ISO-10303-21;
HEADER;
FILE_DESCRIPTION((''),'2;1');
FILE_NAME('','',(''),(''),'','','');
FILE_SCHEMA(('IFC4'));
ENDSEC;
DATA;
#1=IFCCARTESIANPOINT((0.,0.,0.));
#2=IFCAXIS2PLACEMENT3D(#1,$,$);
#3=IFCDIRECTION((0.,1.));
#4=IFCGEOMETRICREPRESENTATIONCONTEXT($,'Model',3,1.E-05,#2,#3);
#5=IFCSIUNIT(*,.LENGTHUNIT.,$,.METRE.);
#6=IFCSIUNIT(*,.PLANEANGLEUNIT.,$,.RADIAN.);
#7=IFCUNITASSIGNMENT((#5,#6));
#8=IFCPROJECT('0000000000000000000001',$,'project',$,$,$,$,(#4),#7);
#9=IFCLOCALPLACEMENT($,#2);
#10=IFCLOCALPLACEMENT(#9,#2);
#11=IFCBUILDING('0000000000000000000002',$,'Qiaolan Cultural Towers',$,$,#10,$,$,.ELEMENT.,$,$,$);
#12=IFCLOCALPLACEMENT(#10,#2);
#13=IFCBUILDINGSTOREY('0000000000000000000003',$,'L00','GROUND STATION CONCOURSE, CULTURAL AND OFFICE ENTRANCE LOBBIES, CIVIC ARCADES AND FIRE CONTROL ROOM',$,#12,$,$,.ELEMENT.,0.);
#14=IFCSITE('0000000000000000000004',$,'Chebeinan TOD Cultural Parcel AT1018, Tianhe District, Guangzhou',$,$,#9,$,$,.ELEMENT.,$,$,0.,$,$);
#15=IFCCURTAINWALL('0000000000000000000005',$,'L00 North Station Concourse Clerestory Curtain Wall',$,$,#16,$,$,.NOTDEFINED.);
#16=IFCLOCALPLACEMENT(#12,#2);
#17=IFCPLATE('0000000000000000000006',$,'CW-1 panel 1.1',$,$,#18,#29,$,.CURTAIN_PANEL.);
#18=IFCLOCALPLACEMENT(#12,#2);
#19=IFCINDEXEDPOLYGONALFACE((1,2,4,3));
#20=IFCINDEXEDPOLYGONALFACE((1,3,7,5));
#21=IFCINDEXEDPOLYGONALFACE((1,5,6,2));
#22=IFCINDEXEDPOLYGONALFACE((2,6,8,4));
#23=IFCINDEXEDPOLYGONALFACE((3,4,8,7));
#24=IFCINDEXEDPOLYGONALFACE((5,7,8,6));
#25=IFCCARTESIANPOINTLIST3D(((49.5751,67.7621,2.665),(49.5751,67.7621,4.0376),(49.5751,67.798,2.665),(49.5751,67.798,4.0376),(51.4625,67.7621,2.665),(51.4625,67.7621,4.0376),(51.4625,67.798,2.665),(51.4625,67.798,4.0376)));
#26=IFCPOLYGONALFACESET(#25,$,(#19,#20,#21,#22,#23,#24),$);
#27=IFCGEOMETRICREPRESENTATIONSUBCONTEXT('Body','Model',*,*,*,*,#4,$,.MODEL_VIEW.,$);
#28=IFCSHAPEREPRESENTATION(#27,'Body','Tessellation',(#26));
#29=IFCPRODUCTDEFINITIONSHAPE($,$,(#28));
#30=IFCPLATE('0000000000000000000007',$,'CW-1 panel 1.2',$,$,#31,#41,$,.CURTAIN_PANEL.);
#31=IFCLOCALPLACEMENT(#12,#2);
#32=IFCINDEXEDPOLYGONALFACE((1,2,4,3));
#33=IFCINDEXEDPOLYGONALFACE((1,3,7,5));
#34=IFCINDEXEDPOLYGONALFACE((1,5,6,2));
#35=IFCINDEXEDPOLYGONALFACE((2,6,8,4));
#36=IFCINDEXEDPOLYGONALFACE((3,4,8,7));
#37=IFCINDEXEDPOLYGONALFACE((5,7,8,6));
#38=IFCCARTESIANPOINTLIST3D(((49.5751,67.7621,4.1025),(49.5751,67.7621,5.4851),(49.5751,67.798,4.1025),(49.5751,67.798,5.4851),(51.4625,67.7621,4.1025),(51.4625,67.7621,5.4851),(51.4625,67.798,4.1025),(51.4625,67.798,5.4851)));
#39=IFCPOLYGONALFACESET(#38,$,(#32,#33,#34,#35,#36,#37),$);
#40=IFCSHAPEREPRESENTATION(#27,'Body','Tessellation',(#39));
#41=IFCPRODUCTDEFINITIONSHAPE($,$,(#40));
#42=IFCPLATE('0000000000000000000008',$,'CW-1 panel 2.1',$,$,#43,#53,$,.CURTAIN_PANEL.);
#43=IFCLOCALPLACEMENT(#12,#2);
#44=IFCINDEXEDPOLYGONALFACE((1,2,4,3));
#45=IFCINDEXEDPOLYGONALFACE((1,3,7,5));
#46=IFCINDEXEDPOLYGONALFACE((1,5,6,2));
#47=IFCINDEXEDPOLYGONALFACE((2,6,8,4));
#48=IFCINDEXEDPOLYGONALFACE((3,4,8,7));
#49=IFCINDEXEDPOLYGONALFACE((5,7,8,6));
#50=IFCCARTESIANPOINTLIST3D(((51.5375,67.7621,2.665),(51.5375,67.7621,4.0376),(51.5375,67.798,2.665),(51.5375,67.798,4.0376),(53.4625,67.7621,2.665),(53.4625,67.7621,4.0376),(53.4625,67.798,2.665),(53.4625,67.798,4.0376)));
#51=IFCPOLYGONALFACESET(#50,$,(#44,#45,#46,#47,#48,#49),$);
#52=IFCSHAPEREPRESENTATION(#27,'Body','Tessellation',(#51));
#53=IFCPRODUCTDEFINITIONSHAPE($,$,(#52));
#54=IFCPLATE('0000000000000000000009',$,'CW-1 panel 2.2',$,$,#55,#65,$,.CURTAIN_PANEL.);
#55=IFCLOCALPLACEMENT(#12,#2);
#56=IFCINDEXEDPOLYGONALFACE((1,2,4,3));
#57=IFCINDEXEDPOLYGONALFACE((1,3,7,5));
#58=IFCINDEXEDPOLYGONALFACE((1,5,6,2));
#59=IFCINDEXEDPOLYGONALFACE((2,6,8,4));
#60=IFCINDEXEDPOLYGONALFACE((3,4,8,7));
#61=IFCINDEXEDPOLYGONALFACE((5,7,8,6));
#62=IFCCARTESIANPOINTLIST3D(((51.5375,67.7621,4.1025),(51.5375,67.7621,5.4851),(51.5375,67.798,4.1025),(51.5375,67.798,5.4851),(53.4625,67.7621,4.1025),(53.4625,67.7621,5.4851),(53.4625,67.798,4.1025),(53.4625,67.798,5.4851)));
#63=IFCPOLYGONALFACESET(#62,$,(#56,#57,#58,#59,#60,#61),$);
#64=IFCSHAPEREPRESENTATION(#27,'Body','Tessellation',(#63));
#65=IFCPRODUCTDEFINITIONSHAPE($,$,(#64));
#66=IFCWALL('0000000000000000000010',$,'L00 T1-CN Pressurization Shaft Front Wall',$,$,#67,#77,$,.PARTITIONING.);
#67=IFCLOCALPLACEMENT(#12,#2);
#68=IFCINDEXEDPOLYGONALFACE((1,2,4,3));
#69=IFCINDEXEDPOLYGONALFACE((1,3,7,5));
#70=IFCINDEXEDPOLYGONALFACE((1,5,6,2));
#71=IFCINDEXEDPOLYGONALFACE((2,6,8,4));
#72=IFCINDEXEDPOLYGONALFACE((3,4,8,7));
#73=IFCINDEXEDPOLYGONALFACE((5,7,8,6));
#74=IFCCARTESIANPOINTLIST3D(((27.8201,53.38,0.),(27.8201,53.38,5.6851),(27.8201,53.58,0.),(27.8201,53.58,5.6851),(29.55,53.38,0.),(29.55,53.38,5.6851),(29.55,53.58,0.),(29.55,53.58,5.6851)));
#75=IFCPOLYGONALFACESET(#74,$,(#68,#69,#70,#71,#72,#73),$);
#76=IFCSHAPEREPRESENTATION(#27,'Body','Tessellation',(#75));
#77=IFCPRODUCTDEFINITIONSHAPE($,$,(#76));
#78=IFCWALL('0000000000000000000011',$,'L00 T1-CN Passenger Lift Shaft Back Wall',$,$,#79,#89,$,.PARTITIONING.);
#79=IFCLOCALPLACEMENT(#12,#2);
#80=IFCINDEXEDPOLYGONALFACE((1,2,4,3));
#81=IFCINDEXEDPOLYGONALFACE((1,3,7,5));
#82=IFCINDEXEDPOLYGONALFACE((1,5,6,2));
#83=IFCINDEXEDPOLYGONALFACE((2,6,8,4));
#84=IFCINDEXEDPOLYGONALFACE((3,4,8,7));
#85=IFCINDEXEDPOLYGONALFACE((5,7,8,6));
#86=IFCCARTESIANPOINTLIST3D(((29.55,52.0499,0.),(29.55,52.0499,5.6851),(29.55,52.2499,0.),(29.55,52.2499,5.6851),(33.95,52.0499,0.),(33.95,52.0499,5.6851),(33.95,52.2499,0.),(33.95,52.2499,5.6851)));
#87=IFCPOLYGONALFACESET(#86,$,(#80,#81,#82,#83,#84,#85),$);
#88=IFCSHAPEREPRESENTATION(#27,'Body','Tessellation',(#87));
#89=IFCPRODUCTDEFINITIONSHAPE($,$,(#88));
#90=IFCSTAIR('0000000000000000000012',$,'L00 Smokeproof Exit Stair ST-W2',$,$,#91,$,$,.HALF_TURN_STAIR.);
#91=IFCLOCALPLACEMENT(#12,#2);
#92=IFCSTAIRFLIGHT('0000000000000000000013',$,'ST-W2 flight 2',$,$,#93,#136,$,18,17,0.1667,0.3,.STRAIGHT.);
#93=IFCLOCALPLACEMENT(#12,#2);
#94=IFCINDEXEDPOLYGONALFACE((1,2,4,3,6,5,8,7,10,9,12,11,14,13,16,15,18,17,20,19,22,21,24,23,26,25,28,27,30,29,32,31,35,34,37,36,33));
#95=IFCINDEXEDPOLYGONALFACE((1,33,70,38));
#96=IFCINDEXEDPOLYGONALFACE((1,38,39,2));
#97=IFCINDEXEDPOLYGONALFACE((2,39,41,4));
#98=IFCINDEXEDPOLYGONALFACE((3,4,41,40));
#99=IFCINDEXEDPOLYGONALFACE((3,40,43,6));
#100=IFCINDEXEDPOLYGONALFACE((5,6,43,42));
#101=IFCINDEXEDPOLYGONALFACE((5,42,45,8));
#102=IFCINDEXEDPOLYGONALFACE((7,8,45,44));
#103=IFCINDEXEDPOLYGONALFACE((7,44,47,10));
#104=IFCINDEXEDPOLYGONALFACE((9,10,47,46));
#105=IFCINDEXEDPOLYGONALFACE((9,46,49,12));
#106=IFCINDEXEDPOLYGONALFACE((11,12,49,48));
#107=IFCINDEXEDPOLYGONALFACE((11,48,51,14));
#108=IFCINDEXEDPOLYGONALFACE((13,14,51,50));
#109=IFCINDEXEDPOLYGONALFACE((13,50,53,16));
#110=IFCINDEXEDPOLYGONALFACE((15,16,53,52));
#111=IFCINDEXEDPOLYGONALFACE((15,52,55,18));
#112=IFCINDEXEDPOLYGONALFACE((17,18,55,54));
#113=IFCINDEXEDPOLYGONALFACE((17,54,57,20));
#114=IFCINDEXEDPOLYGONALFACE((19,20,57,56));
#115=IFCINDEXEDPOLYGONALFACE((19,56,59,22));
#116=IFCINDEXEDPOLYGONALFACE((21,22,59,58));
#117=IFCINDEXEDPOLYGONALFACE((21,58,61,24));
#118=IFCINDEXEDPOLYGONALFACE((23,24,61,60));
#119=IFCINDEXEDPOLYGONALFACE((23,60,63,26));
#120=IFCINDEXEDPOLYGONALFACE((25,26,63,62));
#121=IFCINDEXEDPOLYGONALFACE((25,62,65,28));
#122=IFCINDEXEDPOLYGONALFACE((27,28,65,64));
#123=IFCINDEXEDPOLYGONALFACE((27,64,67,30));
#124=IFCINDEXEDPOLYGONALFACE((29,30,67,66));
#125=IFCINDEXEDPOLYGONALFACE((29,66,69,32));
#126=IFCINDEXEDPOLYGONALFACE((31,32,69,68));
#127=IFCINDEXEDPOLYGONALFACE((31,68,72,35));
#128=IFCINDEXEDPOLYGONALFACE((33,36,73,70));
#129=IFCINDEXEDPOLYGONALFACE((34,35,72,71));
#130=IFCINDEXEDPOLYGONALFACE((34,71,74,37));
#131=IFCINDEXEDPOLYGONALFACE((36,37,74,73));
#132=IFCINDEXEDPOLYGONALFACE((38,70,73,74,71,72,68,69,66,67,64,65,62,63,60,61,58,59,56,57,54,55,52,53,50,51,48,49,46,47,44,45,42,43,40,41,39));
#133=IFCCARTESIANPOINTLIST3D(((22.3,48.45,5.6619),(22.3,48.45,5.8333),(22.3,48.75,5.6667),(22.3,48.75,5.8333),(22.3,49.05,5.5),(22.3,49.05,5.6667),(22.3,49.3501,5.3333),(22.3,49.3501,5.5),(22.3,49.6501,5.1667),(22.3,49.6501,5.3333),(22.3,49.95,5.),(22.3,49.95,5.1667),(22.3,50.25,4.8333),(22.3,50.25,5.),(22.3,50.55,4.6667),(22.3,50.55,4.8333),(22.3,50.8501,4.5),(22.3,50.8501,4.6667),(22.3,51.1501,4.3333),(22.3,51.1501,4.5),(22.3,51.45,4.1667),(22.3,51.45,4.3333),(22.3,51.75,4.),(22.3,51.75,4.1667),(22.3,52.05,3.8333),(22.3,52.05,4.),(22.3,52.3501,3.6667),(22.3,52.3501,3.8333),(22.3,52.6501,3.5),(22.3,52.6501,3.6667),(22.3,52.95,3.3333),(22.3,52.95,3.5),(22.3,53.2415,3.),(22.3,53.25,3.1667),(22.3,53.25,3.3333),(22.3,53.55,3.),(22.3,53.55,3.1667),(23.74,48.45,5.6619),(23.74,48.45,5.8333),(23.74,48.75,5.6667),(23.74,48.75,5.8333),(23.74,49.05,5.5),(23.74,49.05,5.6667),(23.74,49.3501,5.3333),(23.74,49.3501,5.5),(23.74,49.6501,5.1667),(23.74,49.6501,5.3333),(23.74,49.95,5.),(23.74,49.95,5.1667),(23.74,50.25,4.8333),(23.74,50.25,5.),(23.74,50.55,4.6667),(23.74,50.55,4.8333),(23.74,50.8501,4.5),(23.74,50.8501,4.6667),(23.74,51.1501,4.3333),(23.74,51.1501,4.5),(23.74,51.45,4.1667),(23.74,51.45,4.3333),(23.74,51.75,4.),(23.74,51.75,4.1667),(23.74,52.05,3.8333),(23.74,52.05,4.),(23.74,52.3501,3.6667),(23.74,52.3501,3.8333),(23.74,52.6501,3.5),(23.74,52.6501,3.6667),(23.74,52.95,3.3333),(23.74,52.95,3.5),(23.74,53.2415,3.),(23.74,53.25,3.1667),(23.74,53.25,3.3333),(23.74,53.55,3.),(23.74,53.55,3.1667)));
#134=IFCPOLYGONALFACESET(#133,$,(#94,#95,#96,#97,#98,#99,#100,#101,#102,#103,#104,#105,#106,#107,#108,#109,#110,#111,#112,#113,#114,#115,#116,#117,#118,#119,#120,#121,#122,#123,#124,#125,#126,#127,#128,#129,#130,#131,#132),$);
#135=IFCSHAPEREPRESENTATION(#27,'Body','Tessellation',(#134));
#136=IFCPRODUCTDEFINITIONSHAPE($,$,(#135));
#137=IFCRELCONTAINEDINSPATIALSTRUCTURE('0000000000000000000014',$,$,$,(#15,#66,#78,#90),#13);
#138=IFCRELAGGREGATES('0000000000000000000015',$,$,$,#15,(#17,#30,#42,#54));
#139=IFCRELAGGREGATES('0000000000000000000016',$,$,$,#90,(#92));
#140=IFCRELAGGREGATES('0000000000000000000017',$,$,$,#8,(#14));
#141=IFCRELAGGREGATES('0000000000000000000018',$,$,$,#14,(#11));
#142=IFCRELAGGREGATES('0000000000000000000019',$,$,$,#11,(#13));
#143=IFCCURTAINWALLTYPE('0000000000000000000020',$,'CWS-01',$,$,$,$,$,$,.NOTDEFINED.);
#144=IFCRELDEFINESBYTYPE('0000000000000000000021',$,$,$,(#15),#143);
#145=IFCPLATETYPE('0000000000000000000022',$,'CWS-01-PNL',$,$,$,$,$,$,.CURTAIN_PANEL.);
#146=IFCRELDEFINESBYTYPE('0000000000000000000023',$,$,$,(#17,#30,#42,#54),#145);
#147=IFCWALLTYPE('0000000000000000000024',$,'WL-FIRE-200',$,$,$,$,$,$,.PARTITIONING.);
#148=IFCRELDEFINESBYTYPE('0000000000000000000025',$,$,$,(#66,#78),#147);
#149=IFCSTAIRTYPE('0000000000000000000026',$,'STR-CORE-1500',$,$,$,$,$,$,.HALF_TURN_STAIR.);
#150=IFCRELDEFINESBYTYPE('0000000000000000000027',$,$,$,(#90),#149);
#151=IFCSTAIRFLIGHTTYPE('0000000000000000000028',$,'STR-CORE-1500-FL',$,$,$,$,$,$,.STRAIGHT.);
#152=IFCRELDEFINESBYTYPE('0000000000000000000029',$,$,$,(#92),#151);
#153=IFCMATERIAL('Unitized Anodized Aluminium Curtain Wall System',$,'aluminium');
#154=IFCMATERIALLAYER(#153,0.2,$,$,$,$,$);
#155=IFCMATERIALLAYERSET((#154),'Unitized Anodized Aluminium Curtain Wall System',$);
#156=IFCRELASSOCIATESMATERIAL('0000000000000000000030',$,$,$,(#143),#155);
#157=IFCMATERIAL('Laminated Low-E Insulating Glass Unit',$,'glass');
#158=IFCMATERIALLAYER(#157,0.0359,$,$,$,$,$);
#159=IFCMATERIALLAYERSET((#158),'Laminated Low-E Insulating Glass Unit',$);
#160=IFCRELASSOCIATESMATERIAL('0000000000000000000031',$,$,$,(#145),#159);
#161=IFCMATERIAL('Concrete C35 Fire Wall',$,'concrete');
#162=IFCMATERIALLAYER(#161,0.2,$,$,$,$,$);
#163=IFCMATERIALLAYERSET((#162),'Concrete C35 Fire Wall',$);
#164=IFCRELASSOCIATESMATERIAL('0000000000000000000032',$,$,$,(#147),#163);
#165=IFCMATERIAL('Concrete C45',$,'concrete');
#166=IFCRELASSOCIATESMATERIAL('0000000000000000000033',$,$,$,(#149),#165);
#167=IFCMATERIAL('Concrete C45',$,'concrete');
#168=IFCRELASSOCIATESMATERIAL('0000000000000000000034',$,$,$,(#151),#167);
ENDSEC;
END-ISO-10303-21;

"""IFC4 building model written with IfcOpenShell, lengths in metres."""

from ifc_helpers import new_model, si_unit, direction, frame, frame_2d, origin, origin_2d, place, context, subcontext, project, spatial, polyline, rectangle, outline, extrude, material, layer, layer_set, type_object, element, aggregate, save


model = new_model("IFC4")

# Units and contexts
model_context = context("Model", 3, precision=1e-05, world=origin(), true_north=direction((0.0, 1.0)))
body_context = subcontext(model_context, "Body", "Model", "MODEL_VIEW")
ifc_project = project(units=[si_unit("LENGTHUNIT", "METRE"), si_unit("PLANEANGLEUNIT", "RADIAN")], contexts=[model_context])

# Site, building, storey
site_placement = place(None, origin())
site = spatial("IfcSite", under=ifc_project, at=site_placement, Name="Chebeinan TOD Cultural Parcel AT1018, Tianhe District, Guangzhou", CompositionType="ELEMENT", RefElevation=0.0)
building_placement = place(site_placement, origin())
building = spatial("IfcBuilding", under=site, at=building_placement, Name="Qiaolan Cultural Towers", CompositionType="ELEMENT")
storey_placement = place(building_placement, origin())
storey = spatial("IfcBuildingStorey", under=building, at=storey_placement, Name="L00", Description="GROUND STATION CONCOURSE, CULTURAL AND OFFICE ENTRANCE LOBBIES, CIVIC ARCADES AND FIRE CONTROL ROOM", CompositionType="ELEMENT", Elevation=0.0)

# Curtain wall, plates
ifc_material_1 = material(Name="Unitized Anodized Aluminium Curtain Wall System", Category="aluminium")
ifc_layer_1 = layer(ifc_material_1, 0.2)
ifc_layer_set_1 = layer_set([ifc_layer_1], Name="Unitized Anodized Aluminium Curtain Wall System")
curtain_wall_type = type_object("IfcCurtainWallType", Name="CWS-01", PredefinedType="NOTDEFINED", material=ifc_layer_set_1)
curtain_wall_placement = place(storey_placement, origin())
curtain_wall = element("IfcCurtainWall", 1, at=curtain_wall_placement, inside=storey, type_object=curtain_wall_type, Name="L00 North Station Concourse Clerestory Curtain Wall", PredefinedType="NOTDEFINED")
ifc_material_2 = material(Name="Laminated Low-E Insulating Glass Unit", Category="glass")
ifc_layer_2 = layer(ifc_material_2, 0.0359)
ifc_layer_set_2 = layer_set([ifc_layer_2], Name="Laminated Low-E Insulating Glass Unit")
plate_type = type_object("IfcPlateType", Name="CWS-01-PNL", PredefinedType="CURTAIN_PANEL", material=ifc_layer_set_2)
plate_1_placement = place(storey_placement, frame((50.5188, 67.78, 2.665), z_axis=(0.0, 0.0, 1.0), x_axis=(1.0, 0.0, 0.0)))
plate_1 = element("IfcPlate", 2, at=plate_1_placement, type_object=plate_type, Name="CW-1 panel 1.1", PredefinedType="CURTAIN_PANEL", context=body_context, shape_type="SweptSolid", body=[
    extrude(rectangle(XDim=1.8875, YDim=0.0359, at=origin_2d()), origin(), (0.0, 0.0, 1.0), 1.3726),
])
plate_2_placement = place(storey_placement, frame((50.5188, 67.78, 4.1025), z_axis=(0.0, 0.0, 1.0), x_axis=(1.0, 0.0, 0.0)))
plate_2 = element("IfcPlate", 3, at=plate_2_placement, type_object=plate_type, Name="CW-1 panel 1.2", PredefinedType="CURTAIN_PANEL", context=body_context, shape_type="SweptSolid", body=[
    extrude(rectangle(XDim=1.8875, YDim=0.0359, at=origin_2d()), origin(), (0.0, 0.0, 1.0), 1.3826),
])
plate_3_placement = place(storey_placement, frame((52.5, 67.78, 2.665), z_axis=(0.0, 0.0, 1.0), x_axis=(1.0, 0.0, 0.0)))
plate_3 = element("IfcPlate", 4, at=plate_3_placement, type_object=plate_type, Name="CW-1 panel 2.1", PredefinedType="CURTAIN_PANEL", context=body_context, shape_type="SweptSolid", body=[
    extrude(rectangle(XDim=1.925, YDim=0.0359, at=origin_2d()), origin(), (0.0, 0.0, 1.0), 1.3726),
])
plate_4_placement = place(storey_placement, frame((52.5, 67.78, 4.1025), z_axis=(0.0, 0.0, 1.0), x_axis=(1.0, 0.0, 0.0)))
plate_4 = element("IfcPlate", 5, at=plate_4_placement, type_object=plate_type, Name="CW-1 panel 2.2", PredefinedType="CURTAIN_PANEL", context=body_context, shape_type="SweptSolid", body=[
    extrude(rectangle(XDim=1.925, YDim=0.0359, at=origin_2d()), origin(), (0.0, 0.0, 1.0), 1.3826),
])
aggregate(curtain_wall, [plate_1, plate_2, plate_3, plate_4])

# Walls
ifc_material_3 = material(Name="Concrete C35 Fire Wall", Category="concrete")
ifc_layer_3 = layer(ifc_material_3, 0.2)
ifc_layer_set_3 = layer_set([ifc_layer_3], Name="Concrete C35 Fire Wall")
wall_type = type_object("IfcWallType", Name="WL-FIRE-200", PredefinedType="PARTITIONING", material=ifc_layer_set_3)
wall_1_placement = place(storey_placement, frame((27.8201, 53.48, 0.0), z_axis=(0.0, 0.0, 1.0), x_axis=(1.0, 0.0, 0.0)))
element("IfcWall", 6, at=wall_1_placement, inside=storey, type_object=wall_type, Name="L00 T1-CN Pressurization Shaft Front Wall", PredefinedType="PARTITIONING", context=body_context, shape_type="SweptSolid", body=[
    extrude(rectangle(XDim=1.73, YDim=0.2, at=frame_2d((0.865, 0.0))), origin(), (0.0, 0.0, 1.0), 5.6851),
])
wall_2_placement = place(storey_placement, frame((29.55, 52.1499, 0.0), z_axis=(0.0, 0.0, 1.0), x_axis=(1.0, 0.0, 0.0)))
element("IfcWall", 7, at=wall_2_placement, inside=storey, type_object=wall_type, Name="L00 T1-CN Passenger Lift Shaft Back Wall", PredefinedType="PARTITIONING", context=body_context, shape_type="SweptSolid", body=[
    extrude(rectangle(XDim=4.3999, YDim=0.2, at=frame_2d((2.2, 0.0))), origin(), (0.0, 0.0, 1.0), 5.6851),
])

# Stair, stair flight
ifc_material_4 = material(Name="Concrete C45", Category="concrete")
stair_type = type_object("IfcStairType", Name="STR-CORE-1500", PredefinedType="HALF_TURN_STAIR", material=ifc_material_4)
stair_placement = place(storey_placement, origin())
stair = element("IfcStair", 8, at=stair_placement, inside=storey, type_object=stair_type, Name="L00 Smokeproof Exit Stair ST-W2", PredefinedType="HALF_TURN_STAIR")
ifc_material_5 = material(Name="Concrete C45", Category="concrete")
stair_flight_type = type_object("IfcStairFlightType", Name="STR-CORE-1500-FL", PredefinedType="STRAIGHT", material=ifc_material_5)
stair_flight_placement = place(storey_placement, frame((23.02, 53.55, 3.0), z_axis=(0.0, 0.0, 1.0), x_axis=(0.0, -1.0, 0.0)))
stair_flight = element("IfcStairFlight", 9, at=stair_flight_placement, type_object=stair_flight_type, Name="ST-W2 flight 2", NumberOfRisers=18, NumberOfTreads=17, PredefinedType="STRAIGHT", RiserHeight=0.1667, TreadLength=0.3, context=body_context, shape_type="SweptSolid", body=[
    extrude(outline(polyline([(0.0, 0.0), (0.0, 0.1667), (0.3, 0.1667), (0.3, 0.3333), (0.6001, 0.3333), (0.6001, 0.5), (0.8999, 0.5), (0.8999, 0.6667), (1.2, 0.6667), (1.2, 0.8333), (1.5, 0.8333), (1.5, 1.0), (1.8, 1.0), (1.8, 1.1667), (2.1001, 1.1667), (2.1001, 1.3333), (2.3999, 1.3333), (2.3999, 1.5), (2.7, 1.5), (2.7, 1.6667), (3.0, 1.6667), (3.0, 1.8333), (3.3, 1.8333), (3.3, 2.0), (3.6001, 2.0), (3.6001, 2.1667), (3.8999, 2.1667), (3.8999, 2.3333), (4.2, 2.3333), (4.2, 2.5), (4.5, 2.5), (4.5, 2.6667), (4.8, 2.6667), (4.8, 2.8333), (5.1001, 2.8333), (5.1001, 3.0), (5.1001, 2.6619), (0.3086, 0.0), (0.0, 0.0)])), frame((0.0, 0.72, 0.0), z_axis=(0.0, -1.0, 0.0), x_axis=(1.0, 0.0, 0.0)), (0.0, 0.0, 1.0), 1.4399),
])
aggregate(stair, [stair_flight])

save(model, "model.ifc")
